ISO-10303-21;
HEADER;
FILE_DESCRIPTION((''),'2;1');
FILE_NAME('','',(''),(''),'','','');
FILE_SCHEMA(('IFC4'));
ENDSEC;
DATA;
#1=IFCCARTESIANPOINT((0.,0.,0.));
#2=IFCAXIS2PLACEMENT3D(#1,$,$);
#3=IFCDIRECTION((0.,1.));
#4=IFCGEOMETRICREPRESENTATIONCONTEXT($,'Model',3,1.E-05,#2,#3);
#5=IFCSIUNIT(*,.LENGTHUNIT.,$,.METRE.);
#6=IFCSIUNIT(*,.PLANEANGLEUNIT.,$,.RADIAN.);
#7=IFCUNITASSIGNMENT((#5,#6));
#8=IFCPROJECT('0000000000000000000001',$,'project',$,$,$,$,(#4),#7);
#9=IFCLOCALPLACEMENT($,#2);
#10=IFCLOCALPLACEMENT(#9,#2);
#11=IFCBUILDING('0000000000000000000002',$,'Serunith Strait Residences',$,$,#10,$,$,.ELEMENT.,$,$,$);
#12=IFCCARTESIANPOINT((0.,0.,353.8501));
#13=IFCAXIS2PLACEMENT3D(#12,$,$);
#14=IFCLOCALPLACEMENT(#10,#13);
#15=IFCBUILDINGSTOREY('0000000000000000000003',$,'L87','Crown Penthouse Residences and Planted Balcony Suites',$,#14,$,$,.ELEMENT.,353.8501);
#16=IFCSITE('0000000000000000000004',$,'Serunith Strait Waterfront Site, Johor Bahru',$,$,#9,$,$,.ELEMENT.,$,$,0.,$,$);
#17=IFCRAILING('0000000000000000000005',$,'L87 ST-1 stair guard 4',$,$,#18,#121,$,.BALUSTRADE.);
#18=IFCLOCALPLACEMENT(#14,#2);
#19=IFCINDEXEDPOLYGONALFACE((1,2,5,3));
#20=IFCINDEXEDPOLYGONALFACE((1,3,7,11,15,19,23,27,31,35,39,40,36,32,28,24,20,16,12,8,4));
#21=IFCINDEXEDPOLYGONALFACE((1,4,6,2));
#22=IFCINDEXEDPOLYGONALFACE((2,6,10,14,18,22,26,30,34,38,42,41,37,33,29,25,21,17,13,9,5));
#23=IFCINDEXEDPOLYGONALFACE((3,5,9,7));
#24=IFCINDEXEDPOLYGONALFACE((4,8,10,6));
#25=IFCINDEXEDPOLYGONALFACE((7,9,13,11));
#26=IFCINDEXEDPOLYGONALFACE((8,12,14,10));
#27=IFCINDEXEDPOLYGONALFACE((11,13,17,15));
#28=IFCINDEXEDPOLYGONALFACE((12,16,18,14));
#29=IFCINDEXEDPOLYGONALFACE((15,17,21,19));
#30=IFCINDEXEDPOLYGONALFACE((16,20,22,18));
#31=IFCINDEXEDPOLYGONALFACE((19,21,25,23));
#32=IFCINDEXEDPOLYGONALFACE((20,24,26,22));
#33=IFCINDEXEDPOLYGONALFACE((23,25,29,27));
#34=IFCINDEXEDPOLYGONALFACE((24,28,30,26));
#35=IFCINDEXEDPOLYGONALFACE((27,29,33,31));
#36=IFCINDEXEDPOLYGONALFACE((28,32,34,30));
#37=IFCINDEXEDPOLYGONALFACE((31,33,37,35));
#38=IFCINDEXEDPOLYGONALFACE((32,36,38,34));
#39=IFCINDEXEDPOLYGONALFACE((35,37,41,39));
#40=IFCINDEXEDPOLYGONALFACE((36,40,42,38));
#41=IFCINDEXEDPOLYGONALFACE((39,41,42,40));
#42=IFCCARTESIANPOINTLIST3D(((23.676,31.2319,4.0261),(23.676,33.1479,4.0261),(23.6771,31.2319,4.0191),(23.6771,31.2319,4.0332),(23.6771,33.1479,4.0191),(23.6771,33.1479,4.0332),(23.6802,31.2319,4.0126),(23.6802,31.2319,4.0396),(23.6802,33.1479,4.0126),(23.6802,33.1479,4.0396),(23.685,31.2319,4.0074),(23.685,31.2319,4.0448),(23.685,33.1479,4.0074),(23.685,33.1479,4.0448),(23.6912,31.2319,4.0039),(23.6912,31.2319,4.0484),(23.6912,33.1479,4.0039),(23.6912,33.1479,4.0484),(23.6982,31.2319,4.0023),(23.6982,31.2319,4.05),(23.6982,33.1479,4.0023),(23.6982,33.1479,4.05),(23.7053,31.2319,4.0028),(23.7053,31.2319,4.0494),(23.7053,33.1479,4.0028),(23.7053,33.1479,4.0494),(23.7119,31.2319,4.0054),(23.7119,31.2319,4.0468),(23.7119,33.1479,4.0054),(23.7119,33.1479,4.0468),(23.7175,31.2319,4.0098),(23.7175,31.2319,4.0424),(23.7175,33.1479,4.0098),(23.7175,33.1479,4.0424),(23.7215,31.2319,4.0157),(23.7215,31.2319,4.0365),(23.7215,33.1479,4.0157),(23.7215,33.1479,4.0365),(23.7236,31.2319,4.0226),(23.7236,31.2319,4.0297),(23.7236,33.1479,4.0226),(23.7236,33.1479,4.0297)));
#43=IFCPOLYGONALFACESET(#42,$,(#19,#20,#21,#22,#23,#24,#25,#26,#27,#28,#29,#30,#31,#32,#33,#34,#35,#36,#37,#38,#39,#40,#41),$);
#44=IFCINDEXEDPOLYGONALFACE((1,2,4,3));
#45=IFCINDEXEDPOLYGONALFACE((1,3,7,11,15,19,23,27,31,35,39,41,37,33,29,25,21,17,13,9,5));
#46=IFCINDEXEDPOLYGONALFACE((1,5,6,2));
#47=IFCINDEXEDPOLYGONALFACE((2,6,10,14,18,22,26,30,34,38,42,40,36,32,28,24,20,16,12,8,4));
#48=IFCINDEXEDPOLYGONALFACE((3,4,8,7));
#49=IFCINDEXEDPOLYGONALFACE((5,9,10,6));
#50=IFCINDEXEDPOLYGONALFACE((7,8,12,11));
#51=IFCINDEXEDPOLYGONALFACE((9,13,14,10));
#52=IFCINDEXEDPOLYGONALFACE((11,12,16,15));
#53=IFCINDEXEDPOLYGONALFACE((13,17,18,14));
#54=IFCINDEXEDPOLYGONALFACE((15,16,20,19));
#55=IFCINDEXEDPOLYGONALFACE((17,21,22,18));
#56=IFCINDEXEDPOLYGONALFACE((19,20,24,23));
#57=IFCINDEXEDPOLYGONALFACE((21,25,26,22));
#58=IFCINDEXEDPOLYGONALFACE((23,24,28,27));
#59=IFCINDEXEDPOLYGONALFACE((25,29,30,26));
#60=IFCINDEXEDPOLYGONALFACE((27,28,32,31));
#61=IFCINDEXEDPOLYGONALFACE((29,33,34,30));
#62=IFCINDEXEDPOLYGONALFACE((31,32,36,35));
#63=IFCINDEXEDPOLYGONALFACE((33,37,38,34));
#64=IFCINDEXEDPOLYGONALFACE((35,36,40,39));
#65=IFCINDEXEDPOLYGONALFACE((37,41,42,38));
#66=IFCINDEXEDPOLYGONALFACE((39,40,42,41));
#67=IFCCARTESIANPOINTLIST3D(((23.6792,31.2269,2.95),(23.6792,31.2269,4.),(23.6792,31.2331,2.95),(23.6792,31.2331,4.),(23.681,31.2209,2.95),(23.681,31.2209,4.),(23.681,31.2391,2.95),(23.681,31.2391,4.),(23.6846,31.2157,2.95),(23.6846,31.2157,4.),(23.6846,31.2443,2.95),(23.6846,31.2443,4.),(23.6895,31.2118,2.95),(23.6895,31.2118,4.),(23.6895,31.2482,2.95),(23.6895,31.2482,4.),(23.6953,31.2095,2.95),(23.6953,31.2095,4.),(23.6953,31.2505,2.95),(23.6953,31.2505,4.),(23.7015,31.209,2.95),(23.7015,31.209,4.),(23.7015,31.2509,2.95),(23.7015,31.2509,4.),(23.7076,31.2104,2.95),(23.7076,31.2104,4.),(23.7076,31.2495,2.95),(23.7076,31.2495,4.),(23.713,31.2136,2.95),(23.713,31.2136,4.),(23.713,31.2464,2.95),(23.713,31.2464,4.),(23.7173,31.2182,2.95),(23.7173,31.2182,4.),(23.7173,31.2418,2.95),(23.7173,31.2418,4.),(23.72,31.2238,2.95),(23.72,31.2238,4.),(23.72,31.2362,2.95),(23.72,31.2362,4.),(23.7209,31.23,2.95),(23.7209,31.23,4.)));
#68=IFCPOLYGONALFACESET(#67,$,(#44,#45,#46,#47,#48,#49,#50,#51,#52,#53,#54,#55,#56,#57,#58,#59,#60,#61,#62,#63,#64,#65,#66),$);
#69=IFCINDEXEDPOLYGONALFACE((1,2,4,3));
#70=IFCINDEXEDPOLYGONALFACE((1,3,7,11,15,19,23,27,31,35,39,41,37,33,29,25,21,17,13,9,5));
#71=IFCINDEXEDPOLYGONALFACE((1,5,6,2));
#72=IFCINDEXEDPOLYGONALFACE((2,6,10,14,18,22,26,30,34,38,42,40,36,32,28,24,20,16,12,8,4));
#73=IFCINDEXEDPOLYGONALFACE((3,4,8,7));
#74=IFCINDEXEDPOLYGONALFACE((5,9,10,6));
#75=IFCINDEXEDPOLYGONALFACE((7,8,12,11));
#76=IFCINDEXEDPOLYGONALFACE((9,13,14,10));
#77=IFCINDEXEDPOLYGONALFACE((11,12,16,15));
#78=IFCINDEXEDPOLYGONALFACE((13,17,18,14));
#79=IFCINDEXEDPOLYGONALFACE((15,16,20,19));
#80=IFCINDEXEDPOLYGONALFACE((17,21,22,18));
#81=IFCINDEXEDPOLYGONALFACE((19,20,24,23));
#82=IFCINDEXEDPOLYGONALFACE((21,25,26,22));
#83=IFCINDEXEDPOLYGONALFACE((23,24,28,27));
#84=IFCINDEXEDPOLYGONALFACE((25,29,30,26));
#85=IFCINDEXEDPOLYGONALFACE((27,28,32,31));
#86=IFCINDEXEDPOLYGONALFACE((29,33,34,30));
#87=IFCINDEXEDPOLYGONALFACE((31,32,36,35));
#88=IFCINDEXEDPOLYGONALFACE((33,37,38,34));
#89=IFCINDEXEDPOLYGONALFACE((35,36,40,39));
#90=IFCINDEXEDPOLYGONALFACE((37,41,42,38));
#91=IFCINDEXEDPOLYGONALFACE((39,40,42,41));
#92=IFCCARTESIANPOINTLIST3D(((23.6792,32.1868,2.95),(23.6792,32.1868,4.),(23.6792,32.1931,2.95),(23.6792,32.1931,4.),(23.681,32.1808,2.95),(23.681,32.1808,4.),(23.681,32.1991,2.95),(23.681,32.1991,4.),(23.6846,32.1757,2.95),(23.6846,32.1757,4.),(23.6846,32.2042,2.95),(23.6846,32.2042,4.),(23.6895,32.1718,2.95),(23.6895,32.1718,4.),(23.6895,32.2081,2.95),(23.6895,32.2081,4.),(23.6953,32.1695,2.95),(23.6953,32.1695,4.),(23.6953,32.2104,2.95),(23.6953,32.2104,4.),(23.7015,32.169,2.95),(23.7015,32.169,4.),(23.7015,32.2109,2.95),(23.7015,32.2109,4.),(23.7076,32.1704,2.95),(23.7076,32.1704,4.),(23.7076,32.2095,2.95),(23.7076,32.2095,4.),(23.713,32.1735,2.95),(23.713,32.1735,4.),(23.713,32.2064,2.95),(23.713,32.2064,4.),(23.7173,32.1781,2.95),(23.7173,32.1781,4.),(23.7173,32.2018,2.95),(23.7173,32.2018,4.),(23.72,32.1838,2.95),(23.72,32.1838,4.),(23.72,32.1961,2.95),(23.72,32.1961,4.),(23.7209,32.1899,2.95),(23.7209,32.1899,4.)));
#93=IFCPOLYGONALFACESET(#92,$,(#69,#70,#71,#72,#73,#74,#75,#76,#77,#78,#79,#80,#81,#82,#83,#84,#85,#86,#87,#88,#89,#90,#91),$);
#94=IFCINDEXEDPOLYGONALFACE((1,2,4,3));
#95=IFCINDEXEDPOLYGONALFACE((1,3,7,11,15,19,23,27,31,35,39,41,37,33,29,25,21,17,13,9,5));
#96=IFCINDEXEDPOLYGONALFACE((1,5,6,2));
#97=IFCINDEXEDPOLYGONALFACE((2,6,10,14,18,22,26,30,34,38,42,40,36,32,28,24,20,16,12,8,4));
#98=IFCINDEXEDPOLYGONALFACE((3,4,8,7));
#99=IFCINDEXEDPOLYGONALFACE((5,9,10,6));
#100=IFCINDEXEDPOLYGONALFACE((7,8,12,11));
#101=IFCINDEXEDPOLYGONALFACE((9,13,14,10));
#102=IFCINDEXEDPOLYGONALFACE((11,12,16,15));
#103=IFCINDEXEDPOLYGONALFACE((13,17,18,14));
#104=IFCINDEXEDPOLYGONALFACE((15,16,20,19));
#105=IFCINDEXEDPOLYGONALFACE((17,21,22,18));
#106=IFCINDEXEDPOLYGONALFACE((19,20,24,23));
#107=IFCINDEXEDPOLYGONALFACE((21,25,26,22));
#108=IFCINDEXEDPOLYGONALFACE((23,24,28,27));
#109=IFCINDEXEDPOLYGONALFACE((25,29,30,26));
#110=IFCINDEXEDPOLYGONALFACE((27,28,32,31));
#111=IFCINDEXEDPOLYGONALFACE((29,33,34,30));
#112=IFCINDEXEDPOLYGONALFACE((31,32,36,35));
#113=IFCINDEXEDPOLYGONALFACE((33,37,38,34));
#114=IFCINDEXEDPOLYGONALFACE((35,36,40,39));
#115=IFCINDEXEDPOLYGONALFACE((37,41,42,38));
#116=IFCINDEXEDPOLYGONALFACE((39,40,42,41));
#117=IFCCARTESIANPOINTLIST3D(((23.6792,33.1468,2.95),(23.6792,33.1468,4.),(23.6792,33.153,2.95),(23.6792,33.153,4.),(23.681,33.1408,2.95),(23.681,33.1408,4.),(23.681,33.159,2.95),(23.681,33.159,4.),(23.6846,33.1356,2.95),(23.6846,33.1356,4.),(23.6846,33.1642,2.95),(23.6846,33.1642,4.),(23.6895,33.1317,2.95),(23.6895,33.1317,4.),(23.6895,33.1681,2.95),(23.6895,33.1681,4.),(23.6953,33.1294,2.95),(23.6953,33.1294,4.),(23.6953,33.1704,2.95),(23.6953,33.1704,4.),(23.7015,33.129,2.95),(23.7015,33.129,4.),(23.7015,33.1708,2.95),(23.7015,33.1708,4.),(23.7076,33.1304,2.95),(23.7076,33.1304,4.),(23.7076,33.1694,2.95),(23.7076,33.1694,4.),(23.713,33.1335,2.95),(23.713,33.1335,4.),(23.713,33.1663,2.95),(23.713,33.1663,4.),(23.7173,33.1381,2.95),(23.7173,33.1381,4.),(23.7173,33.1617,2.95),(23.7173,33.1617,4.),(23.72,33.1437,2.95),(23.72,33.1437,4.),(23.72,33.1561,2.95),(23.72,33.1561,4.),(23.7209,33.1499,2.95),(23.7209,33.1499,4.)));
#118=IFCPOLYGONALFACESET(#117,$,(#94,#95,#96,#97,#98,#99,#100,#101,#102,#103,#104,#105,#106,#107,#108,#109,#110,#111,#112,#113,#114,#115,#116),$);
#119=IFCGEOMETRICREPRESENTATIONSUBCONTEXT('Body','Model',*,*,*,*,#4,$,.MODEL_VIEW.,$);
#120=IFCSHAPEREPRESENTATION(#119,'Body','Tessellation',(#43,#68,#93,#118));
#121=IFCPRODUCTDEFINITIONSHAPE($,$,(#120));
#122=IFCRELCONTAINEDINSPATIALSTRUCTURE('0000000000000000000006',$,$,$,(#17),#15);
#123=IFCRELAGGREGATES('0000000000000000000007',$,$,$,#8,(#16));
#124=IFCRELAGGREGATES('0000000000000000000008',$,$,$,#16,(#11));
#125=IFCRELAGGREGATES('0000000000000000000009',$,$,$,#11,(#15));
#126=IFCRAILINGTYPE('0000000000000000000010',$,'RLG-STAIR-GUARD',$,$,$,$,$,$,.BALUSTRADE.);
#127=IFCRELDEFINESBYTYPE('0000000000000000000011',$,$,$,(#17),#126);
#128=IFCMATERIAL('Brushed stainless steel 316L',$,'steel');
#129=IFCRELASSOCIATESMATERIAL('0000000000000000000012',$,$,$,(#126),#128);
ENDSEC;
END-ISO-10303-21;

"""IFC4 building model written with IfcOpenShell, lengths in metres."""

from ifc_helpers import new_model, si_unit, direction, frame, origin, origin_2d, place, context, subcontext, project, spatial, circle, extrude, material, type_object, element, save


model = new_model("IFC4")

# Units and contexts
model_context = context("Model", 3, precision=1e-05, world=origin(), true_north=direction((0.0, 1.0)))
body_context = subcontext(model_context, "Body", "Model", "MODEL_VIEW")
ifc_project = project(units=[si_unit("LENGTHUNIT", "METRE"), si_unit("PLANEANGLEUNIT", "RADIAN")], contexts=[model_context])

# Site, building, storey
site_placement = place(None, origin())
site = spatial("IfcSite", under=ifc_project, at=site_placement, Name="Serunith Strait Waterfront Site, Johor Bahru", CompositionType="ELEMENT", RefElevation=0.0)
building_placement = place(site_placement, origin())
building = spatial("IfcBuilding", under=site, at=building_placement, Name="Serunith Strait Residences", CompositionType="ELEMENT")
storey_placement = place(building_placement, frame((0.0, 0.0, 353.8501)))
storey = spatial("IfcBuildingStorey", under=building, at=storey_placement, Name="L87", Description="Crown Penthouse Residences and Planted Balcony Suites", CompositionType="ELEMENT", Elevation=353.8501)

# Railing
ifc_material_1 = material(Name="Brushed stainless steel 316L", Category="steel")
railing_type_1 = type_object("IfcRailingType", Name="RLG-STAIR-GUARD", PredefinedType="BALUSTRADE", material=ifc_material_1)
for number, where, name in (
    (1, (23.7, 31.23, 2.95), "L87 ST-1 stair guard 4"),
):
    element("IfcRailing", number, at=place(storey_placement, frame(where)), inside=storey, type_object=railing_type_1, Name=name, PredefinedType="BALUSTRADE", context=body_context, shape_type="SweptSolid", body=[
        extrude(circle(Radius=0.0239, at=origin_2d()), frame((0.0, 0.002, 1.0762), z_axis=(0.0, 1.0, 0.0), x_axis=(-1.0, 0.0, 0.0)), (0.0, 0.0, 1.0), 1.916),
        extrude(circle(Radius=0.021, at=origin_2d()), origin(), (0.0, 0.0, 1.0), 1.05),
        extrude(circle(Radius=0.021, at=origin_2d()), frame((0.0, 0.96, 0.0)), (0.0, 0.0, 1.0), 1.05),
        extrude(circle(Radius=0.021, at=origin_2d()), frame((0.0, 1.9199, 0.0)), (0.0, 0.0, 1.0), 1.05),
    ])

save(model, "model.ifc")
